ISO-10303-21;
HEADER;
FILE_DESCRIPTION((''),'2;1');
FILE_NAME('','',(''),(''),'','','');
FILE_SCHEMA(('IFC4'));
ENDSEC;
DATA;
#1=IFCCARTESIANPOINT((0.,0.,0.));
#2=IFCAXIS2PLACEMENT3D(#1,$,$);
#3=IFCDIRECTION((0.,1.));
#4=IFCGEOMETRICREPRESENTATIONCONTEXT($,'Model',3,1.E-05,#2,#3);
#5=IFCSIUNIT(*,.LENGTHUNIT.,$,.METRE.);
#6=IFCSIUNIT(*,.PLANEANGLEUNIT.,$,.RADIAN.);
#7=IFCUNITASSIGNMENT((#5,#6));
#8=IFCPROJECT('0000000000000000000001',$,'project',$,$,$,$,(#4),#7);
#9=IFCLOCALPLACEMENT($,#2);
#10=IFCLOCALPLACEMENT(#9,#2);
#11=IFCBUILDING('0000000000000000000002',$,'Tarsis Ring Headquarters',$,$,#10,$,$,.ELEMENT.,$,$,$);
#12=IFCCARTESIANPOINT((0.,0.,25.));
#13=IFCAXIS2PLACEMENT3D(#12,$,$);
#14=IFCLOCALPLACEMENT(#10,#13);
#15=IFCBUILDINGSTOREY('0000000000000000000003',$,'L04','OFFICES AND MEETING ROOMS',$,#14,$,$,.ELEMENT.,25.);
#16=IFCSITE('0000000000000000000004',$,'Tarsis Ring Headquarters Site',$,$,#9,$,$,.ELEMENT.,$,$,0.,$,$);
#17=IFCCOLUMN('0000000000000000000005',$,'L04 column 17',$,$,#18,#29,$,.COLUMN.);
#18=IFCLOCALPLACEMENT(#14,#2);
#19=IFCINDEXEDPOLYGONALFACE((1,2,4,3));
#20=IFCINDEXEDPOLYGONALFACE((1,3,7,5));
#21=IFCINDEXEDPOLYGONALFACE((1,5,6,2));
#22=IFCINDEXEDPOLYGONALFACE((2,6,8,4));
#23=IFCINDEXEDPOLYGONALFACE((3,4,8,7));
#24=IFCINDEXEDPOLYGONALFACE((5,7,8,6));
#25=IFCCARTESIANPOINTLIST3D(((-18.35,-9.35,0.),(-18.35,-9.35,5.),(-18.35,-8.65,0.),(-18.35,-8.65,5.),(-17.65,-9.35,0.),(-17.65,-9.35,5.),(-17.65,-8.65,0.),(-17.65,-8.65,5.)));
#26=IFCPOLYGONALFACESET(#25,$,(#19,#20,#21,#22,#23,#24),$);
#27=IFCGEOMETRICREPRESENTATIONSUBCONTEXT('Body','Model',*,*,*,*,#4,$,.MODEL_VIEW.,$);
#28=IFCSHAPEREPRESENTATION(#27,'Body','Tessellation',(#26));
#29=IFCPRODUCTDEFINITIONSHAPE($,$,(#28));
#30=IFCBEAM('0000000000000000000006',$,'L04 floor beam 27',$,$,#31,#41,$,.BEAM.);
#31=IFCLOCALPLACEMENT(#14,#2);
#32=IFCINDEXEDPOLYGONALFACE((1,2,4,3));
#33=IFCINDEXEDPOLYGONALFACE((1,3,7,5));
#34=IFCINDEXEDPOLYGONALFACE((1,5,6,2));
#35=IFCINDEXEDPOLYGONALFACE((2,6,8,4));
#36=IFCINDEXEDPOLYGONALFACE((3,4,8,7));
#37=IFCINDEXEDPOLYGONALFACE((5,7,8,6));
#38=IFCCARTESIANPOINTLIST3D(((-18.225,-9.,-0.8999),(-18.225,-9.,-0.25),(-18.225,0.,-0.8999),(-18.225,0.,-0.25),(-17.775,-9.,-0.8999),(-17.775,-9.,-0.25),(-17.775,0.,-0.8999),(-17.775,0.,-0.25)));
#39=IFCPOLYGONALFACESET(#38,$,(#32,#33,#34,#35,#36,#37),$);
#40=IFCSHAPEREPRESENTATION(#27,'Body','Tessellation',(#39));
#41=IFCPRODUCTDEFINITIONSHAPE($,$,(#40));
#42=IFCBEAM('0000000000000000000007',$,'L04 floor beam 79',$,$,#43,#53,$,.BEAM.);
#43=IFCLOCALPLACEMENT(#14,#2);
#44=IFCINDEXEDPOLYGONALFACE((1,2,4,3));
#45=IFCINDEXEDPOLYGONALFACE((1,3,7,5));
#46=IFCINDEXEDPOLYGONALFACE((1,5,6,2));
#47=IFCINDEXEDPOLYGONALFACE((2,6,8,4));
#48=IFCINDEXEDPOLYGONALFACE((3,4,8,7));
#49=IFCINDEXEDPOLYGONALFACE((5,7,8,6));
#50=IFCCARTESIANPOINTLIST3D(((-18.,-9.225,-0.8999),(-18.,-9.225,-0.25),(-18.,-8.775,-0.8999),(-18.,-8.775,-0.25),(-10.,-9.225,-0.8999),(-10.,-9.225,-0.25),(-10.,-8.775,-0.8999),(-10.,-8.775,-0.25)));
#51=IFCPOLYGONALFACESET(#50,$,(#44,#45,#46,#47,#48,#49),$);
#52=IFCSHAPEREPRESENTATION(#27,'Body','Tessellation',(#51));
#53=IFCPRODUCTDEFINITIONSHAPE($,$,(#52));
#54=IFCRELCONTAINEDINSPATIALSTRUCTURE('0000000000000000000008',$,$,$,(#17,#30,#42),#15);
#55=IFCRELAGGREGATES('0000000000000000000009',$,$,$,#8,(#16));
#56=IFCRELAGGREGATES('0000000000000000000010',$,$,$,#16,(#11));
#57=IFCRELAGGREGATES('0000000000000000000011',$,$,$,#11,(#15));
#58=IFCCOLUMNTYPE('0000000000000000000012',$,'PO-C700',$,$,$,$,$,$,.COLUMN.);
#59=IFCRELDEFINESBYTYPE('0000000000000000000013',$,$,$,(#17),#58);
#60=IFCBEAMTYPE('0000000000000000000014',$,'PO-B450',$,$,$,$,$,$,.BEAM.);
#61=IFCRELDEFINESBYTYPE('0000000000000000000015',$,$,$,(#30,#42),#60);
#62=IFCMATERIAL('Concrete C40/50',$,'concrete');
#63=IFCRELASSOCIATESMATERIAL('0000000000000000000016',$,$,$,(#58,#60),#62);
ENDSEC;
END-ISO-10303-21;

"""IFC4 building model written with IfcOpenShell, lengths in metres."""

from ifc_helpers import new_model, si_unit, direction, frame, origin, origin_2d, place, context, subcontext, project, spatial, rectangle, extrude, material, material_profile, profile_set, type_object, element, save


model = new_model("IFC4")

# Units and contexts
model_context = context("Model", 3, precision=1e-05, world=origin(), true_north=direction((0.0, 1.0)))
body_context = subcontext(model_context, "Body", "Model", "MODEL_VIEW")
ifc_project = project(units=[si_unit("LENGTHUNIT", "METRE"), si_unit("PLANEANGLEUNIT", "RADIAN")], contexts=[model_context])

# Site, building, storey
site_placement = place(None, origin())
site = spatial("IfcSite", under=ifc_project, at=site_placement, Name="Tarsis Ring Headquarters Site", CompositionType="ELEMENT", RefElevation=0.0)
building_placement = place(site_placement, origin())
building = spatial("IfcBuilding", under=site, at=building_placement, Name="Tarsis Ring Headquarters", CompositionType="ELEMENT")
storey_placement = place(building_placement, frame((0.0, 0.0, 25.0)))
storey = spatial("IfcBuildingStorey", under=building, at=storey_placement, Name="L04", Description="OFFICES AND MEETING ROOMS", CompositionType="ELEMENT", Elevation=25.0)

# Column
ifc_material_1 = material(Name="Concrete C40/50", Category="concrete")
ifc_material_profile_1 = material_profile(ifc_material_1, rectangle(XDim=0.7, YDim=0.7, at=origin_2d()), Name="PO-C700")
ifc_profile_set_1 = profile_set([ifc_material_profile_1], Name="Concrete C40/50")
column_type = type_object("IfcColumnType", Name="PO-C700", PredefinedType="COLUMN", material=ifc_profile_set_1)
column_placement = place(storey_placement, frame((-18.0, -9.0, 0.0), z_axis=(0.0, 0.0, 1.0), x_axis=(1.0, 0.0, 0.0)))
element("IfcColumn", 1, at=column_placement, inside=storey, type_object=column_type, Name="L04 column 17", PredefinedType="COLUMN", context=body_context, shape_type="SweptSolid", body=[
    extrude(rectangle(XDim=0.7, YDim=0.7, at=origin_2d()), origin(), (0.0, 0.0, 1.0), 5.0),
])

# Beams
ifc_material_profile_2 = material_profile(ifc_material_1, rectangle(XDim=0.45, YDim=0.6499, at=origin_2d()), Name="PO-B450")
ifc_profile_set_2 = profile_set([ifc_material_profile_2], Name="Concrete C40/50")
beam_type = type_object("IfcBeamType", Name="PO-B450", PredefinedType="BEAM", material=ifc_profile_set_2)
beam_1_placement = place(storey_placement, frame((-18.0, -9.0, -0.575), z_axis=(0.0, 1.0, 0.0), x_axis=(-1.0, 0.0, 0.0)))
element("IfcBeam", 2, at=beam_1_placement, inside=storey, type_object=beam_type, Name="L04 floor beam 27", PredefinedType="BEAM", context=body_context, shape_type="SweptSolid", body=[
    extrude(rectangle(XDim=0.45, YDim=0.6499, at=origin_2d()), origin(), (0.0, 0.0, 1.0), 9.0),
])
beam_2_placement = place(storey_placement, frame((-18.0, -9.0, -0.575), z_axis=(1.0, 0.0, 0.0), x_axis=(0.0, 1.0, 0.0)))
element("IfcBeam", 3, at=beam_2_placement, inside=storey, type_object=beam_type, Name="L04 floor beam 79", PredefinedType="BEAM", context=body_context, shape_type="SweptSolid", body=[
    extrude(rectangle(XDim=0.45, YDim=0.6499, at=origin_2d()), origin(), (0.0, 0.0, 1.0), 8.0),
])

save(model, "model.ifc")
